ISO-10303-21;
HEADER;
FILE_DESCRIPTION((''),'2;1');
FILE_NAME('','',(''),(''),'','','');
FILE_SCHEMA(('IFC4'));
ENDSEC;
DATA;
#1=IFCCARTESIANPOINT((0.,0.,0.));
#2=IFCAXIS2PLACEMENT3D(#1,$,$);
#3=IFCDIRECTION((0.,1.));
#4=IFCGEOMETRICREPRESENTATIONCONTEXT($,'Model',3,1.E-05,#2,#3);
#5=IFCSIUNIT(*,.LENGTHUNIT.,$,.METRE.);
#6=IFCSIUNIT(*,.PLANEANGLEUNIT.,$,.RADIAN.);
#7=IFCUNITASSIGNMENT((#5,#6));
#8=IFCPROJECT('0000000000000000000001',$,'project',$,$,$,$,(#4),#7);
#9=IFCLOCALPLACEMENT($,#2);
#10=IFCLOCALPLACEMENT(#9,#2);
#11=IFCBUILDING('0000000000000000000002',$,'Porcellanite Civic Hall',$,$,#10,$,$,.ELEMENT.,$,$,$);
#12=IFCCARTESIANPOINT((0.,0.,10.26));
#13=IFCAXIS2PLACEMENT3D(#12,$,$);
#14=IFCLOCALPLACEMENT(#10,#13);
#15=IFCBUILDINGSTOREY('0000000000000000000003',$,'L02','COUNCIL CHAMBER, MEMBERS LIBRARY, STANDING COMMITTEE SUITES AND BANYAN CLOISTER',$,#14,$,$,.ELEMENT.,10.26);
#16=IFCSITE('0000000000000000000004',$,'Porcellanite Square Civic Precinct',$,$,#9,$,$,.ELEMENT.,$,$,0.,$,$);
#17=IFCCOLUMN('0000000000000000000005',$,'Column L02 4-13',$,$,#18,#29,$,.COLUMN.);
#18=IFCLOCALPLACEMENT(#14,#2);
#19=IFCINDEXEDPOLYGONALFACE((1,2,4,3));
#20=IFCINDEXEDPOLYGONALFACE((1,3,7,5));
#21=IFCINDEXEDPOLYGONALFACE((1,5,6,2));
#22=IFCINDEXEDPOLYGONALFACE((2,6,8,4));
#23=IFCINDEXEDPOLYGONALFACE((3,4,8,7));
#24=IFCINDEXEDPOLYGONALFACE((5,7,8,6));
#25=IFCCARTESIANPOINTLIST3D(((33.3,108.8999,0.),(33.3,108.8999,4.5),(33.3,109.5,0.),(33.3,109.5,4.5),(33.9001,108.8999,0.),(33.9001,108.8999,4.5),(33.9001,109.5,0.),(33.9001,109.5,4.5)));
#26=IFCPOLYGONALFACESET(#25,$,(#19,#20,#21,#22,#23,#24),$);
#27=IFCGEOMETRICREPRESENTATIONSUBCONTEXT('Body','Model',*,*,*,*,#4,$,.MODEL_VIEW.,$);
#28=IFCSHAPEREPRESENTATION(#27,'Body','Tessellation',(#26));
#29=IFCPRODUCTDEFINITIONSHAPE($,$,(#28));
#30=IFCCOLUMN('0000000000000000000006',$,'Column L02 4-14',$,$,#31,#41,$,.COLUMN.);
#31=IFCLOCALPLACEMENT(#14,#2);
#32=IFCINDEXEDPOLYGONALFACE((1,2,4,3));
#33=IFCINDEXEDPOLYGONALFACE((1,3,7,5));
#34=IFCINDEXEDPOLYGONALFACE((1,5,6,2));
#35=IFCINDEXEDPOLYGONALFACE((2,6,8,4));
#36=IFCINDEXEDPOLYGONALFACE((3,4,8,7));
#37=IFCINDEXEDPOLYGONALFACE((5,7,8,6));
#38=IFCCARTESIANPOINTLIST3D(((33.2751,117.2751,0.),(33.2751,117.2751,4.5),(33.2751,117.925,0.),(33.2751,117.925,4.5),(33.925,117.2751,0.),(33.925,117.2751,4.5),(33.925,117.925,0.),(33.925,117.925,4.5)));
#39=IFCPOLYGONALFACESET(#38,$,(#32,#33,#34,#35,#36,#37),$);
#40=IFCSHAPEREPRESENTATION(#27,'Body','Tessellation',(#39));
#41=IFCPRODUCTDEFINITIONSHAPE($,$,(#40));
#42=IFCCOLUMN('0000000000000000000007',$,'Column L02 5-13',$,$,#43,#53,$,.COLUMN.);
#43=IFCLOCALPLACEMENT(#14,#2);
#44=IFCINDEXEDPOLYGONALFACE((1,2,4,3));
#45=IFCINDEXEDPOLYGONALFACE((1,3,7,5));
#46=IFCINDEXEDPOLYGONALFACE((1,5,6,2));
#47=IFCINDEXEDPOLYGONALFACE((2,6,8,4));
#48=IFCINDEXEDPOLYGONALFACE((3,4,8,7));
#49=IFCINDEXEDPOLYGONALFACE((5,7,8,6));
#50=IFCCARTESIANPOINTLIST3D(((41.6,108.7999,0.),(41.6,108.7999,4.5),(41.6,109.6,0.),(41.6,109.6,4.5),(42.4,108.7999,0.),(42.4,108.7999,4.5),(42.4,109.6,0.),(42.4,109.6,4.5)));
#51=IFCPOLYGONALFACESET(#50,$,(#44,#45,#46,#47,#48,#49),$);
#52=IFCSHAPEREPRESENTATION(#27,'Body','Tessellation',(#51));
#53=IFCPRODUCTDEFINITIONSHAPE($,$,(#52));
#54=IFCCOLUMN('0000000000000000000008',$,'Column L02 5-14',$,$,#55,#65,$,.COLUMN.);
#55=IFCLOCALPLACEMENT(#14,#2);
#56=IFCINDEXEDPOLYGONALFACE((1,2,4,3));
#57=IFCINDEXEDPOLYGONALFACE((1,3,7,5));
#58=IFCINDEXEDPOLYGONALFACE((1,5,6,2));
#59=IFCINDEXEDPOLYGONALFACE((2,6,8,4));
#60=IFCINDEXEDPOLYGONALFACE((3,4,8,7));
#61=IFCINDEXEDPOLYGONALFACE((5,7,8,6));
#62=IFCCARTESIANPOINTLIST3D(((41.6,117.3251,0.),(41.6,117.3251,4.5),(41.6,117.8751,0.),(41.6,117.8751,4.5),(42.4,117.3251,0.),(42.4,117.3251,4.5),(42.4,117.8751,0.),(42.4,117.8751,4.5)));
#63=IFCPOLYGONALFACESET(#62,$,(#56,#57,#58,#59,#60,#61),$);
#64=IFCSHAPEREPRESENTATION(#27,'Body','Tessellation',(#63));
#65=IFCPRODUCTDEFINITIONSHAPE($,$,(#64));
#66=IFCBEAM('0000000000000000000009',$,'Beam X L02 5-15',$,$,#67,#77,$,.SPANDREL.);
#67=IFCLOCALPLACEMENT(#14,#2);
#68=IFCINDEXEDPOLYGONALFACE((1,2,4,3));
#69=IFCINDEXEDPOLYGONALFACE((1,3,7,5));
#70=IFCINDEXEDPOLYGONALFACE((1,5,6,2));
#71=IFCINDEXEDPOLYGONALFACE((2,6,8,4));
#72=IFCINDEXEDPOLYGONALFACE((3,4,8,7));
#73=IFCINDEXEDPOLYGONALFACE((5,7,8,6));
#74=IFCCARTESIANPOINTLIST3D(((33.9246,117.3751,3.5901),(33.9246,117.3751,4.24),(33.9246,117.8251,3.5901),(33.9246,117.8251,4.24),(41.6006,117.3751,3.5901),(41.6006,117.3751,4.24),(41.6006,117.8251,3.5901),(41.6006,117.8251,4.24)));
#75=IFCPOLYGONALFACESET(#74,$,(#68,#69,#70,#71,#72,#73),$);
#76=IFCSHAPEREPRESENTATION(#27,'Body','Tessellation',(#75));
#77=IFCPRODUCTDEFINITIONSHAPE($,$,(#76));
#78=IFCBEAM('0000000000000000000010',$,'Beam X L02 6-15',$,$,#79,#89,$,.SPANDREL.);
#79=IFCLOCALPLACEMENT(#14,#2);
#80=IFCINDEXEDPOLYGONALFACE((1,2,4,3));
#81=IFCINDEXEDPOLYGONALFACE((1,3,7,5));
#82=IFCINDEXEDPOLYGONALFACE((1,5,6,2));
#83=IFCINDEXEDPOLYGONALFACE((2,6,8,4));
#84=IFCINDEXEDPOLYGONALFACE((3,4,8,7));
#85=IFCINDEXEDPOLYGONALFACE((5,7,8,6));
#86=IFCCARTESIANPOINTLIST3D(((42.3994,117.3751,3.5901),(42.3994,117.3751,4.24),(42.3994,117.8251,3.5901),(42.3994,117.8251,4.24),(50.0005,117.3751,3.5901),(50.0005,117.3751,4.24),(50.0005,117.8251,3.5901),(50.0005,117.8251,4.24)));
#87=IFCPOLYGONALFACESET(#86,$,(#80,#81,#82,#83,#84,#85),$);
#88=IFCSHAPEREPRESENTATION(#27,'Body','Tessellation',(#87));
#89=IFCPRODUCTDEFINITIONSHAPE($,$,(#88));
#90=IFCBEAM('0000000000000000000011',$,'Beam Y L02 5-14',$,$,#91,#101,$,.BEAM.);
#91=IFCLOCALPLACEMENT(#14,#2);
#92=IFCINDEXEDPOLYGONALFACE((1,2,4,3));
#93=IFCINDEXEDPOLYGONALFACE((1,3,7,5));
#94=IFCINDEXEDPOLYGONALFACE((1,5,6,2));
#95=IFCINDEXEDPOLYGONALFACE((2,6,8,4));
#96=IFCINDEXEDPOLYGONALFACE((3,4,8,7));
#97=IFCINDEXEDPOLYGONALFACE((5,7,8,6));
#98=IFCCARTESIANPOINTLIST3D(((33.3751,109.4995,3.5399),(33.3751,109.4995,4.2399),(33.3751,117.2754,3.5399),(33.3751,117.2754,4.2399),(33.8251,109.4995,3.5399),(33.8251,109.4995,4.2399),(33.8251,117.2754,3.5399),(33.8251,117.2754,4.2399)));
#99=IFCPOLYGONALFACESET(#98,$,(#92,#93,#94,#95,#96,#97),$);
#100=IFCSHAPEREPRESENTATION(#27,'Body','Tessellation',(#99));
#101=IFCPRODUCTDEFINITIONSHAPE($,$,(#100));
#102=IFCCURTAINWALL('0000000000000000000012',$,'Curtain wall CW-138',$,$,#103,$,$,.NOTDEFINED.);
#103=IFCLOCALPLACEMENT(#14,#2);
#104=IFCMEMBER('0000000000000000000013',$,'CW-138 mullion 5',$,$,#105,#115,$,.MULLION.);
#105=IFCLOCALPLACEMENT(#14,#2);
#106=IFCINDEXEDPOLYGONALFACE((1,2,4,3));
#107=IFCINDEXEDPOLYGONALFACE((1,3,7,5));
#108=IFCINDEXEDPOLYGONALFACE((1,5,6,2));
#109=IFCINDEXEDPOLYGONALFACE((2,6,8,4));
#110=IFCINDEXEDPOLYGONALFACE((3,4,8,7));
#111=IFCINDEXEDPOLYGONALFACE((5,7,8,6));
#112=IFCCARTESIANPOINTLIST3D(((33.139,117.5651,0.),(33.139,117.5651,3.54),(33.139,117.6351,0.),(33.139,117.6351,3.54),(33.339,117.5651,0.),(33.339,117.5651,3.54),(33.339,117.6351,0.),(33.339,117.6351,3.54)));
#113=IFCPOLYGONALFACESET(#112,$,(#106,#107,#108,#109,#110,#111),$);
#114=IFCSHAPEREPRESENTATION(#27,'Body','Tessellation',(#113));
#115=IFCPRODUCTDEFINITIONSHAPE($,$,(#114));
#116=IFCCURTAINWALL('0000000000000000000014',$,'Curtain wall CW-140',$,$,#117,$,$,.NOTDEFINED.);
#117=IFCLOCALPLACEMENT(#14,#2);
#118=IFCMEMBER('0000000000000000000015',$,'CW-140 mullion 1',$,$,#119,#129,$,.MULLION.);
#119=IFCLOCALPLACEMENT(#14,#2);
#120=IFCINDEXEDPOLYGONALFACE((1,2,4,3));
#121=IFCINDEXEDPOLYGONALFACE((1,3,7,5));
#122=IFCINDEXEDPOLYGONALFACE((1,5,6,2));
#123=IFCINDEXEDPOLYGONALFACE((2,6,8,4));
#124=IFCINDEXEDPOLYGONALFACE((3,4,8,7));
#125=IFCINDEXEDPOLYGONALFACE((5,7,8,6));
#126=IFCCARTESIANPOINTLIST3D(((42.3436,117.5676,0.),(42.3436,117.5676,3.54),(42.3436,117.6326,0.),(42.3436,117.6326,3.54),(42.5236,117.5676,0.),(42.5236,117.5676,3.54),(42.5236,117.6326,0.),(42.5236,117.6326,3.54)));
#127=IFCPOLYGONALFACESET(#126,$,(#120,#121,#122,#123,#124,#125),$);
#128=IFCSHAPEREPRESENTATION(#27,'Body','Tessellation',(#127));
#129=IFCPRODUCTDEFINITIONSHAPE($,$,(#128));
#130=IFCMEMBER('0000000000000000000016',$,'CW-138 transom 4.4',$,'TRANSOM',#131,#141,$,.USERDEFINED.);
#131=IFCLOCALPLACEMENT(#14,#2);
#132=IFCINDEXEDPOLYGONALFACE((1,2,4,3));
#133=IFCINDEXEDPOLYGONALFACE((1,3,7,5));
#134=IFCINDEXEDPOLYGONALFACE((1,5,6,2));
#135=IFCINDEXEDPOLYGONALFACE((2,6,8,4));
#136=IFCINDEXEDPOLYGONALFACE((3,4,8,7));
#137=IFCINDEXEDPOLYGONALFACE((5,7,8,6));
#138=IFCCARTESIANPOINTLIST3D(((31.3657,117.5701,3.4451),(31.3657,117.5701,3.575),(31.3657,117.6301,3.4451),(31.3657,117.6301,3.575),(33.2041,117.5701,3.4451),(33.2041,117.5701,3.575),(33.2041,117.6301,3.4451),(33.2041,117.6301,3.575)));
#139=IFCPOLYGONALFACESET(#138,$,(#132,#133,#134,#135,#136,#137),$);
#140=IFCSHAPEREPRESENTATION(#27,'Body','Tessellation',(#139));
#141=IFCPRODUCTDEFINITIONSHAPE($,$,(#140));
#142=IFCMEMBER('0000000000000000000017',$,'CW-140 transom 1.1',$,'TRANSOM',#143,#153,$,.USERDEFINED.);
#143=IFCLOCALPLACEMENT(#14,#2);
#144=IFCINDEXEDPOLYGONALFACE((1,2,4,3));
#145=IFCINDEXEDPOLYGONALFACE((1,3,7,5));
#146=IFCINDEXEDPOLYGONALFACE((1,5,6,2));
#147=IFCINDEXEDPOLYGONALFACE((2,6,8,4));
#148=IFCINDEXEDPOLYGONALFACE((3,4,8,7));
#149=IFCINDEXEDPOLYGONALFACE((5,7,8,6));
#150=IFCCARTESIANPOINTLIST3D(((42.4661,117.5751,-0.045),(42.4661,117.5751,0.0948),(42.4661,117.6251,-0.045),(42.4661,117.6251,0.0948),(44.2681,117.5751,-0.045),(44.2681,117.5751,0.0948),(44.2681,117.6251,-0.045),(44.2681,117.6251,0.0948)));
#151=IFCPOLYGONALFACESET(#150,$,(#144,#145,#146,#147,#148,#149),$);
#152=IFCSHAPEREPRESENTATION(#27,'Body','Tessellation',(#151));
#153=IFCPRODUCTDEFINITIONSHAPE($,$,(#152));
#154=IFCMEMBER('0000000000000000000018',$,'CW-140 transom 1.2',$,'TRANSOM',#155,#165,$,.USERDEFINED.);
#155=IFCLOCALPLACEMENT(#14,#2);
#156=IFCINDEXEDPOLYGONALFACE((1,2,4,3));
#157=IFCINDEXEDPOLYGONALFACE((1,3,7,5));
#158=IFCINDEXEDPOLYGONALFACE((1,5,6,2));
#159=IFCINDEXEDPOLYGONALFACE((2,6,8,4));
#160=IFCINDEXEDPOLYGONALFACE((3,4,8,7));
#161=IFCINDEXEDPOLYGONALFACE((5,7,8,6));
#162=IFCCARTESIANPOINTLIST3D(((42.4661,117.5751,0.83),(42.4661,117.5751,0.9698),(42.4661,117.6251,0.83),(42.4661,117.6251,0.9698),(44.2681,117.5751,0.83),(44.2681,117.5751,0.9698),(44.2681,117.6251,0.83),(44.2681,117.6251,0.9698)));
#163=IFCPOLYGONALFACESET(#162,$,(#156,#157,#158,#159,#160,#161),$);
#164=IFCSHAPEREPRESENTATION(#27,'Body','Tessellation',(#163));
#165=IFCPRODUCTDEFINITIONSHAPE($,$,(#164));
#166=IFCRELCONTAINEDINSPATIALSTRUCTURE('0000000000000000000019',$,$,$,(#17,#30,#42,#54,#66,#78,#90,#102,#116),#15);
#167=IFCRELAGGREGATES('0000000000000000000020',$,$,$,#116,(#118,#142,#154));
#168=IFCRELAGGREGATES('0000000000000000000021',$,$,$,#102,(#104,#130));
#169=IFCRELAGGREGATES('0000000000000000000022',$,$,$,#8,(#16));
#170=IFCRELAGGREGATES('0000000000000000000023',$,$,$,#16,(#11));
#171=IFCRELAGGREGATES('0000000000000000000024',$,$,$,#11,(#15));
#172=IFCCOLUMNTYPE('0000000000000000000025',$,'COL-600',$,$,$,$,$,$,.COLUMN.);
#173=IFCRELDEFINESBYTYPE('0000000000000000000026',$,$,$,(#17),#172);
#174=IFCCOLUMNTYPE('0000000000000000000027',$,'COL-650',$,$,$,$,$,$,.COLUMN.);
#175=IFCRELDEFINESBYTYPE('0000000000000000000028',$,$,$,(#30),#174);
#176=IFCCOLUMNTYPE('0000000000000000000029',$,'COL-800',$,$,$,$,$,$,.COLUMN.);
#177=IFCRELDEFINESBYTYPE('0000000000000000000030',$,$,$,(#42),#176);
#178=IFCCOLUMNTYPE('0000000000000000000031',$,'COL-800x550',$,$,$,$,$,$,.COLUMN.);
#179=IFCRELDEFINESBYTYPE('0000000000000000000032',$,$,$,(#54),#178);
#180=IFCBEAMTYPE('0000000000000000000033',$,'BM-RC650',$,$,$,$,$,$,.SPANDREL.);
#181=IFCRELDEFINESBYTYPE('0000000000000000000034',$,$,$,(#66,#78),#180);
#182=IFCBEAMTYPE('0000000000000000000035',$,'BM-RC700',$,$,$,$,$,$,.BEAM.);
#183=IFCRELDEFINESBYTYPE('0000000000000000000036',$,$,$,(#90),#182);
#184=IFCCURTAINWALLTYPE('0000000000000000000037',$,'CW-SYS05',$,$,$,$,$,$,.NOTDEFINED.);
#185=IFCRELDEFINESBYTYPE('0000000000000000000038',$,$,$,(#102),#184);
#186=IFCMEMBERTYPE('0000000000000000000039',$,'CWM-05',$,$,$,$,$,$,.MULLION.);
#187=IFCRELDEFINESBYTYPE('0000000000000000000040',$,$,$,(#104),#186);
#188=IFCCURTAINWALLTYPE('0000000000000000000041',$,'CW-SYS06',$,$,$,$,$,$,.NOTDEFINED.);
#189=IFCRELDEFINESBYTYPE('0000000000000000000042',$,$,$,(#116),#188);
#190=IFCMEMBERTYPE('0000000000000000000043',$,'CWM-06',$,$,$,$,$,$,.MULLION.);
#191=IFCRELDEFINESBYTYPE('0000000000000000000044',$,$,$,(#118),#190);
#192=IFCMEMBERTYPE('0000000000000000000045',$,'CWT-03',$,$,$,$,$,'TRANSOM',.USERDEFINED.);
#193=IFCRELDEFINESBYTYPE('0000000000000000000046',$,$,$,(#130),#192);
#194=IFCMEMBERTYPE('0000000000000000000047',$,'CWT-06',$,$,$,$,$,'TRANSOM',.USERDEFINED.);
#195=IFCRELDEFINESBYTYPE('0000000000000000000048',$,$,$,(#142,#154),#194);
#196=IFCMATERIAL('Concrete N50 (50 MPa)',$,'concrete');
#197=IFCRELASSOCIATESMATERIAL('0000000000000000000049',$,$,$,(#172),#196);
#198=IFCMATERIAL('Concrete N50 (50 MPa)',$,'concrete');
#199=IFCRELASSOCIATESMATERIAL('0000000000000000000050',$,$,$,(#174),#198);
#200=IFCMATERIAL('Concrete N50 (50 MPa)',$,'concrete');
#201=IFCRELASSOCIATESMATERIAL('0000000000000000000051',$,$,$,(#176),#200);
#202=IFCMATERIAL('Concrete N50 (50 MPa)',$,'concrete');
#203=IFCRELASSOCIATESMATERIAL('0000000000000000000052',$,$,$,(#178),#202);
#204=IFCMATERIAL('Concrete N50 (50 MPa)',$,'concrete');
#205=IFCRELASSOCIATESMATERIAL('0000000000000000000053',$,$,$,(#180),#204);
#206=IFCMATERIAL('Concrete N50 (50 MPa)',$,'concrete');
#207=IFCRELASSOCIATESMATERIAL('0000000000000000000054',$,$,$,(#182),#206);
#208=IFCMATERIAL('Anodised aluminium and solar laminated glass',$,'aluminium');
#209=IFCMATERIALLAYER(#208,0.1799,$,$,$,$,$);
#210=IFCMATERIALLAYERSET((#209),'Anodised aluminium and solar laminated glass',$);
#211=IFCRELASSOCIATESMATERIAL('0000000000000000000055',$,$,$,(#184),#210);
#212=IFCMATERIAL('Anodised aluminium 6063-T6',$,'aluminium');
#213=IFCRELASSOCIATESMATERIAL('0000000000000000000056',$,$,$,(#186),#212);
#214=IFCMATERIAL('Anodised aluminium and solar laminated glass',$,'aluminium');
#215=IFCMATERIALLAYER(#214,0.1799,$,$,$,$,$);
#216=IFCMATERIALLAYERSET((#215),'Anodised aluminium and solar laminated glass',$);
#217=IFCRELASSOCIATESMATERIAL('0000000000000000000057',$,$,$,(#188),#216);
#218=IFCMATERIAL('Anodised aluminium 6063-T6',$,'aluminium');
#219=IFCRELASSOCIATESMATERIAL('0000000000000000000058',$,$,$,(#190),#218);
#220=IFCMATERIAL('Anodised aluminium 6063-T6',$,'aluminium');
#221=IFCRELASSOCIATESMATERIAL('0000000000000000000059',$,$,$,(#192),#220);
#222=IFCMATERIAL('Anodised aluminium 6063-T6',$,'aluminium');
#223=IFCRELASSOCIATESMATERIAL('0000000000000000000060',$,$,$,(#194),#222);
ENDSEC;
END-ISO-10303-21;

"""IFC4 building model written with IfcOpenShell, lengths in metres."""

from ifc_helpers import new_model, si_unit, direction, frame, origin, origin_2d, place, context, subcontext, project, spatial, rectangle, extrude, material, layer, layer_set, material_profile, profile_set, type_object, element, aggregate, save


model = new_model("IFC4")

# Units and contexts
model_context = context("Model", 3, precision=1e-05, world=origin(), true_north=direction((0.0, 1.0)))
body_context = subcontext(model_context, "Body", "Model", "MODEL_VIEW")
ifc_project = project(units=[si_unit("LENGTHUNIT", "METRE"), si_unit("PLANEANGLEUNIT", "RADIAN")], contexts=[model_context])

# Site, building, storey
site_placement = place(None, origin())
site = spatial("IfcSite", under=ifc_project, at=site_placement, Name="Porcellanite Square Civic Precinct", CompositionType="ELEMENT", RefElevation=0.0)
building_placement = place(site_placement, origin())
building = spatial("IfcBuilding", under=site, at=building_placement, Name="Porcellanite Civic Hall", CompositionType="ELEMENT")
storey_placement = place(building_placement, frame((0.0, 0.0, 10.26)))
storey = spatial("IfcBuildingStorey", under=building, at=storey_placement, Name="L02", Description="COUNCIL CHAMBER, MEMBERS LIBRARY, STANDING COMMITTEE SUITES AND BANYAN CLOISTER", CompositionType="ELEMENT", Elevation=10.26)

# Columns
ifc_material_1 = material(Name="Concrete N50 (50 MPa)", Category="concrete")
ifc_material_profile_1 = material_profile(ifc_material_1, rectangle(XDim=0.6001, YDim=0.6001, at=origin_2d()), Name="RC-600x600")
ifc_profile_set_1 = profile_set([ifc_material_profile_1], Name="Concrete N50 (50 MPa)")
column_type_1 = type_object("IfcColumnType", Name="COL-600", PredefinedType="COLUMN", material=ifc_profile_set_1)
column_1_placement = place(storey_placement, frame((33.6001, 109.2, 0.0), z_axis=(0.0, 0.0, 1.0), x_axis=(1.0, 0.0, 0.0)))
element("IfcColumn", 1, at=column_1_placement, inside=storey, type_object=column_type_1, Name="Column L02 4-13", PredefinedType="COLUMN", context=body_context, shape_type="SweptSolid", body=[
    extrude(rectangle(XDim=0.6001, YDim=0.6001, at=origin_2d()), origin(), (0.0, 0.0, 1.0), 4.5),
])
ifc_material_2 = material(Name="Concrete N50 (50 MPa)", Category="concrete")
ifc_material_profile_2 = material_profile(ifc_material_2, rectangle(XDim=0.6499, YDim=0.6499, at=origin_2d()), Name="RC-650x650")
ifc_profile_set_2 = profile_set([ifc_material_profile_2], Name="Concrete N50 (50 MPa)")
column_type_2 = type_object("IfcColumnType", Name="COL-650", PredefinedType="COLUMN", material=ifc_profile_set_2)
column_2_placement = place(storey_placement, frame((33.6001, 117.6001, 0.0), z_axis=(0.0, 0.0, 1.0), x_axis=(1.0, 0.0, 0.0)))
element("IfcColumn", 2, at=column_2_placement, inside=storey, type_object=column_type_2, Name="Column L02 4-14", PredefinedType="COLUMN", context=body_context, shape_type="SweptSolid", body=[
    extrude(rectangle(XDim=0.6499, YDim=0.6499, at=origin_2d()), origin(), (0.0, 0.0, 1.0), 4.5),
])
ifc_material_3 = material(Name="Concrete N50 (50 MPa)", Category="concrete")
ifc_material_profile_3 = material_profile(ifc_material_3, rectangle(XDim=0.8, YDim=0.8, at=origin_2d()), Name="RC-800x800")
ifc_profile_set_3 = profile_set([ifc_material_profile_3], Name="Concrete N50 (50 MPa)")
column_type_3 = type_object("IfcColumnType", Name="COL-800", PredefinedType="COLUMN", material=ifc_profile_set_3)
column_3_placement = place(storey_placement, frame((42.0, 109.2, 0.0), z_axis=(0.0, 0.0, 1.0), x_axis=(1.0, 0.0, 0.0)))
element("IfcColumn", 3, at=column_3_placement, inside=storey, type_object=column_type_3, Name="Column L02 5-13", PredefinedType="COLUMN", context=body_context, shape_type="SweptSolid", body=[
    extrude(rectangle(XDim=0.8, YDim=0.8, at=origin_2d()), origin(), (0.0, 0.0, 1.0), 4.5),
])
ifc_material_4 = material(Name="Concrete N50 (50 MPa)", Category="concrete")
ifc_material_profile_4 = material_profile(ifc_material_4, rectangle(XDim=0.8, YDim=0.55, at=origin_2d()), Name="RC-800x550")
ifc_profile_set_4 = profile_set([ifc_material_profile_4], Name="Concrete N50 (50 MPa)")
column_type_4 = type_object("IfcColumnType", Name="COL-800x550", PredefinedType="COLUMN", material=ifc_profile_set_4)
column_4_placement = place(storey_placement, frame((42.0, 117.6001, 0.0), z_axis=(0.0, 0.0, 1.0), x_axis=(1.0, 0.0, 0.0)))
element("IfcColumn", 4, at=column_4_placement, inside=storey, type_object=column_type_4, Name="Column L02 5-14", PredefinedType="COLUMN", context=body_context, shape_type="SweptSolid", body=[
    extrude(rectangle(XDim=0.8, YDim=0.55, at=origin_2d()), origin(), (0.0, 0.0, 1.0), 4.5),
])

# Beams
ifc_material_5 = material(Name="Concrete N50 (50 MPa)", Category="concrete")
ifc_material_profile_5 = material_profile(ifc_material_5, rectangle(XDim=0.45, YDim=0.6499, at=origin_2d()), Name="RC-450x650")
ifc_profile_set_5 = profile_set([ifc_material_profile_5], Name="Concrete N50 (50 MPa)")
beam_type_1 = type_object("IfcBeamType", Name="BM-RC650", PredefinedType="SPANDREL", material=ifc_profile_set_5)
beam_1_placement = place(storey_placement, frame((33.9246, 117.6001, 3.915), z_axis=(1.0, 0.0, 0.0), x_axis=(0.0, 1.0, 0.0)))
element("IfcBeam", 5, at=beam_1_placement, inside=storey, type_object=beam_type_1, Name="Beam X L02 5-15", PredefinedType="SPANDREL", context=body_context, shape_type="SweptSolid", body=[
    extrude(rectangle(XDim=0.45, YDim=0.6499, at=origin_2d()), origin(), (0.0, 0.0, 1.0), 7.676),
])
beam_2_placement = place(storey_placement, frame((42.3994, 117.6001, 3.915), z_axis=(1.0, 0.0, 0.0), x_axis=(0.0, 1.0, 0.0)))
element("IfcBeam", 6, at=beam_2_placement, inside=storey, type_object=beam_type_1, Name="Beam X L02 6-15", PredefinedType="SPANDREL", context=body_context, shape_type="SweptSolid", body=[
    extrude(rectangle(XDim=0.45, YDim=0.6499, at=origin_2d()), origin(), (0.0, 0.0, 1.0), 7.6011),
])
ifc_material_6 = material(Name="Concrete N50 (50 MPa)", Category="concrete")
ifc_material_profile_6 = material_profile(ifc_material_6, rectangle(XDim=0.45, YDim=0.7, at=origin_2d()), Name="RC-450x700")
ifc_profile_set_6 = profile_set([ifc_material_profile_6], Name="Concrete N50 (50 MPa)")
beam_type_2 = type_object("IfcBeamType", Name="BM-RC700", PredefinedType="BEAM", material=ifc_profile_set_6)
beam_3_placement = place(storey_placement, frame((33.6001, 109.4995, 3.8899), z_axis=(0.0, 1.0, 0.0), x_axis=(-1.0, 0.0, 0.0)))
element("IfcBeam", 7, at=beam_3_placement, inside=storey, type_object=beam_type_2, Name="Beam Y L02 5-14", PredefinedType="BEAM", context=body_context, shape_type="SweptSolid", body=[
    extrude(rectangle(XDim=0.45, YDim=0.7, at=origin_2d()), origin(), (0.0, 0.0, 1.0), 7.7759),
])

# Curtain walls, members
ifc_material_7 = material(Name="Anodised aluminium and solar laminated glass", Category="aluminium")
ifc_layer_1 = layer(ifc_material_7, 0.1799)
ifc_layer_set_1 = layer_set([ifc_layer_1], Name="Anodised aluminium and solar laminated glass")
curtain_wall_type_1 = type_object("IfcCurtainWallType", Name="CW-SYS05", PredefinedType="NOTDEFINED", material=ifc_layer_set_1)
curtain_wall_1_placement = place(storey_placement, origin())
curtain_wall_1 = element("IfcCurtainWall", 8, at=curtain_wall_1_placement, inside=storey, type_object=curtain_wall_type_1, Name="Curtain wall CW-138", PredefinedType="NOTDEFINED")
ifc_material_8 = material(Name="Anodised aluminium 6063-T6", Category="aluminium")
ifc_material_profile_7 = material_profile(ifc_material_8, rectangle(XDim=0.0701, YDim=0.2, at=origin_2d()), Name="AL-70x200")
ifc_profile_set_7 = profile_set([ifc_material_profile_7], Name="Anodised aluminium 6063-T6")
member_type_1 = type_object("IfcMemberType", Name="CWM-05", PredefinedType="MULLION", material=ifc_profile_set_7)
member_1_placement = place(storey_placement, frame((33.239, 117.6001, 0.0), z_axis=(0.0, 0.0, 1.0), x_axis=(0.0, 1.0, 0.0)))
member_1 = element("IfcMember", 9, at=member_1_placement, type_object=member_type_1, Name="CW-138 mullion 5", PredefinedType="MULLION", context=body_context, shape_type="SweptSolid", body=[
    extrude(rectangle(XDim=0.0701, YDim=0.2, at=origin_2d()), origin(), (0.0, 0.0, 1.0), 3.54),
])
ifc_material_9 = material(Name="Anodised aluminium and solar laminated glass", Category="aluminium")
ifc_layer_2 = layer(ifc_material_9, 0.1799)
ifc_layer_set_2 = layer_set([ifc_layer_2], Name="Anodised aluminium and solar laminated glass")
curtain_wall_type_2 = type_object("IfcCurtainWallType", Name="CW-SYS06", PredefinedType="NOTDEFINED", material=ifc_layer_set_2)
curtain_wall_2_placement = place(storey_placement, origin())
curtain_wall_2 = element("IfcCurtainWall", 10, at=curtain_wall_2_placement, inside=storey, type_object=curtain_wall_type_2, Name="Curtain wall CW-140", PredefinedType="NOTDEFINED")
ifc_material_10 = material(Name="Anodised aluminium 6063-T6", Category="aluminium")
ifc_material_profile_8 = material_profile(ifc_material_10, rectangle(XDim=0.0649, YDim=0.1799, at=origin_2d()), Name="AL-65x180")
ifc_profile_set_8 = profile_set([ifc_material_profile_8], Name="Anodised aluminium 6063-T6")
member_type_2 = type_object("IfcMemberType", Name="CWM-06", PredefinedType="MULLION", material=ifc_profile_set_8)
member_2_placement = place(storey_placement, frame((42.4336, 117.6001, 0.0), z_axis=(0.0, 0.0, 1.0), x_axis=(0.0, 1.0, 0.0)))
member_2 = element("IfcMember", 11, at=member_2_placement, type_object=member_type_2, Name="CW-140 mullion 1", PredefinedType="MULLION", context=body_context, shape_type="SweptSolid", body=[
    extrude(rectangle(XDim=0.0649, YDim=0.1799, at=origin_2d()), origin(), (0.0, 0.0, 1.0), 3.54),
])

# Members
ifc_material_11 = material(Name="Anodised aluminium 6063-T6", Category="aluminium")
ifc_material_profile_9 = material_profile(ifc_material_11, rectangle(XDim=0.0601, YDim=0.1299, at=origin_2d()), Name="AL-60x130")
ifc_profile_set_9 = profile_set([ifc_material_profile_9], Name="Anodised aluminium 6063-T6")
member_type_3 = type_object("IfcMemberType", Name="CWT-03", ElementType="TRANSOM", PredefinedType="USERDEFINED", material=ifc_profile_set_9)
member_3_placement = place(storey_placement, frame((31.3657, 117.6001, 3.51), z_axis=(1.0, 0.0, 0.0), x_axis=(0.0, 1.0, 0.0)))
member_3 = element("IfcMember", 12, at=member_3_placement, type_object=member_type_3, Name="CW-138 transom 4.4", ObjectType="TRANSOM", PredefinedType="USERDEFINED", context=body_context, shape_type="SweptSolid", body=[
    extrude(rectangle(XDim=0.0601, YDim=0.1299, at=origin_2d()), origin(), (0.0, 0.0, 1.0), 1.8384),
])
ifc_material_12 = material(Name="Anodised aluminium 6063-T6", Category="aluminium")
ifc_material_profile_10 = material_profile(ifc_material_12, rectangle(XDim=0.05, YDim=0.1399, at=origin_2d()), Name="AL-50x140")
ifc_profile_set_10 = profile_set([ifc_material_profile_10], Name="Anodised aluminium 6063-T6")
member_type_4 = type_object("IfcMemberType", Name="CWT-06", ElementType="TRANSOM", PredefinedType="USERDEFINED", material=ifc_profile_set_10)
member_4_placement = place(storey_placement, frame((42.4661, 117.6001, 0.0249), z_axis=(1.0, 0.0, 0.0), x_axis=(0.0, 1.0, 0.0)))
member_4 = element("IfcMember", 13, at=member_4_placement, type_object=member_type_4, Name="CW-140 transom 1.1", ObjectType="TRANSOM", PredefinedType="USERDEFINED", context=body_context, shape_type="SweptSolid", body=[
    extrude(rectangle(XDim=0.05, YDim=0.1399, at=origin_2d()), origin(), (0.0, 0.0, 1.0), 1.802),
])
member_5_placement = place(storey_placement, frame((42.4661, 117.6001, 0.8999), z_axis=(1.0, 0.0, 0.0), x_axis=(0.0, 1.0, 0.0)))
member_5 = element("IfcMember", 14, at=member_5_placement, type_object=member_type_4, Name="CW-140 transom 1.2", ObjectType="TRANSOM", PredefinedType="USERDEFINED", context=body_context, shape_type="SweptSolid", body=[
    extrude(rectangle(XDim=0.05, YDim=0.1399, at=origin_2d()), origin(), (0.0, 0.0, 1.0), 1.802),
])
aggregate(curtain_wall_2, [member_2, member_4, member_5])

aggregate(curtain_wall_1, [member_1, member_3])

save(model, "model.ifc")
